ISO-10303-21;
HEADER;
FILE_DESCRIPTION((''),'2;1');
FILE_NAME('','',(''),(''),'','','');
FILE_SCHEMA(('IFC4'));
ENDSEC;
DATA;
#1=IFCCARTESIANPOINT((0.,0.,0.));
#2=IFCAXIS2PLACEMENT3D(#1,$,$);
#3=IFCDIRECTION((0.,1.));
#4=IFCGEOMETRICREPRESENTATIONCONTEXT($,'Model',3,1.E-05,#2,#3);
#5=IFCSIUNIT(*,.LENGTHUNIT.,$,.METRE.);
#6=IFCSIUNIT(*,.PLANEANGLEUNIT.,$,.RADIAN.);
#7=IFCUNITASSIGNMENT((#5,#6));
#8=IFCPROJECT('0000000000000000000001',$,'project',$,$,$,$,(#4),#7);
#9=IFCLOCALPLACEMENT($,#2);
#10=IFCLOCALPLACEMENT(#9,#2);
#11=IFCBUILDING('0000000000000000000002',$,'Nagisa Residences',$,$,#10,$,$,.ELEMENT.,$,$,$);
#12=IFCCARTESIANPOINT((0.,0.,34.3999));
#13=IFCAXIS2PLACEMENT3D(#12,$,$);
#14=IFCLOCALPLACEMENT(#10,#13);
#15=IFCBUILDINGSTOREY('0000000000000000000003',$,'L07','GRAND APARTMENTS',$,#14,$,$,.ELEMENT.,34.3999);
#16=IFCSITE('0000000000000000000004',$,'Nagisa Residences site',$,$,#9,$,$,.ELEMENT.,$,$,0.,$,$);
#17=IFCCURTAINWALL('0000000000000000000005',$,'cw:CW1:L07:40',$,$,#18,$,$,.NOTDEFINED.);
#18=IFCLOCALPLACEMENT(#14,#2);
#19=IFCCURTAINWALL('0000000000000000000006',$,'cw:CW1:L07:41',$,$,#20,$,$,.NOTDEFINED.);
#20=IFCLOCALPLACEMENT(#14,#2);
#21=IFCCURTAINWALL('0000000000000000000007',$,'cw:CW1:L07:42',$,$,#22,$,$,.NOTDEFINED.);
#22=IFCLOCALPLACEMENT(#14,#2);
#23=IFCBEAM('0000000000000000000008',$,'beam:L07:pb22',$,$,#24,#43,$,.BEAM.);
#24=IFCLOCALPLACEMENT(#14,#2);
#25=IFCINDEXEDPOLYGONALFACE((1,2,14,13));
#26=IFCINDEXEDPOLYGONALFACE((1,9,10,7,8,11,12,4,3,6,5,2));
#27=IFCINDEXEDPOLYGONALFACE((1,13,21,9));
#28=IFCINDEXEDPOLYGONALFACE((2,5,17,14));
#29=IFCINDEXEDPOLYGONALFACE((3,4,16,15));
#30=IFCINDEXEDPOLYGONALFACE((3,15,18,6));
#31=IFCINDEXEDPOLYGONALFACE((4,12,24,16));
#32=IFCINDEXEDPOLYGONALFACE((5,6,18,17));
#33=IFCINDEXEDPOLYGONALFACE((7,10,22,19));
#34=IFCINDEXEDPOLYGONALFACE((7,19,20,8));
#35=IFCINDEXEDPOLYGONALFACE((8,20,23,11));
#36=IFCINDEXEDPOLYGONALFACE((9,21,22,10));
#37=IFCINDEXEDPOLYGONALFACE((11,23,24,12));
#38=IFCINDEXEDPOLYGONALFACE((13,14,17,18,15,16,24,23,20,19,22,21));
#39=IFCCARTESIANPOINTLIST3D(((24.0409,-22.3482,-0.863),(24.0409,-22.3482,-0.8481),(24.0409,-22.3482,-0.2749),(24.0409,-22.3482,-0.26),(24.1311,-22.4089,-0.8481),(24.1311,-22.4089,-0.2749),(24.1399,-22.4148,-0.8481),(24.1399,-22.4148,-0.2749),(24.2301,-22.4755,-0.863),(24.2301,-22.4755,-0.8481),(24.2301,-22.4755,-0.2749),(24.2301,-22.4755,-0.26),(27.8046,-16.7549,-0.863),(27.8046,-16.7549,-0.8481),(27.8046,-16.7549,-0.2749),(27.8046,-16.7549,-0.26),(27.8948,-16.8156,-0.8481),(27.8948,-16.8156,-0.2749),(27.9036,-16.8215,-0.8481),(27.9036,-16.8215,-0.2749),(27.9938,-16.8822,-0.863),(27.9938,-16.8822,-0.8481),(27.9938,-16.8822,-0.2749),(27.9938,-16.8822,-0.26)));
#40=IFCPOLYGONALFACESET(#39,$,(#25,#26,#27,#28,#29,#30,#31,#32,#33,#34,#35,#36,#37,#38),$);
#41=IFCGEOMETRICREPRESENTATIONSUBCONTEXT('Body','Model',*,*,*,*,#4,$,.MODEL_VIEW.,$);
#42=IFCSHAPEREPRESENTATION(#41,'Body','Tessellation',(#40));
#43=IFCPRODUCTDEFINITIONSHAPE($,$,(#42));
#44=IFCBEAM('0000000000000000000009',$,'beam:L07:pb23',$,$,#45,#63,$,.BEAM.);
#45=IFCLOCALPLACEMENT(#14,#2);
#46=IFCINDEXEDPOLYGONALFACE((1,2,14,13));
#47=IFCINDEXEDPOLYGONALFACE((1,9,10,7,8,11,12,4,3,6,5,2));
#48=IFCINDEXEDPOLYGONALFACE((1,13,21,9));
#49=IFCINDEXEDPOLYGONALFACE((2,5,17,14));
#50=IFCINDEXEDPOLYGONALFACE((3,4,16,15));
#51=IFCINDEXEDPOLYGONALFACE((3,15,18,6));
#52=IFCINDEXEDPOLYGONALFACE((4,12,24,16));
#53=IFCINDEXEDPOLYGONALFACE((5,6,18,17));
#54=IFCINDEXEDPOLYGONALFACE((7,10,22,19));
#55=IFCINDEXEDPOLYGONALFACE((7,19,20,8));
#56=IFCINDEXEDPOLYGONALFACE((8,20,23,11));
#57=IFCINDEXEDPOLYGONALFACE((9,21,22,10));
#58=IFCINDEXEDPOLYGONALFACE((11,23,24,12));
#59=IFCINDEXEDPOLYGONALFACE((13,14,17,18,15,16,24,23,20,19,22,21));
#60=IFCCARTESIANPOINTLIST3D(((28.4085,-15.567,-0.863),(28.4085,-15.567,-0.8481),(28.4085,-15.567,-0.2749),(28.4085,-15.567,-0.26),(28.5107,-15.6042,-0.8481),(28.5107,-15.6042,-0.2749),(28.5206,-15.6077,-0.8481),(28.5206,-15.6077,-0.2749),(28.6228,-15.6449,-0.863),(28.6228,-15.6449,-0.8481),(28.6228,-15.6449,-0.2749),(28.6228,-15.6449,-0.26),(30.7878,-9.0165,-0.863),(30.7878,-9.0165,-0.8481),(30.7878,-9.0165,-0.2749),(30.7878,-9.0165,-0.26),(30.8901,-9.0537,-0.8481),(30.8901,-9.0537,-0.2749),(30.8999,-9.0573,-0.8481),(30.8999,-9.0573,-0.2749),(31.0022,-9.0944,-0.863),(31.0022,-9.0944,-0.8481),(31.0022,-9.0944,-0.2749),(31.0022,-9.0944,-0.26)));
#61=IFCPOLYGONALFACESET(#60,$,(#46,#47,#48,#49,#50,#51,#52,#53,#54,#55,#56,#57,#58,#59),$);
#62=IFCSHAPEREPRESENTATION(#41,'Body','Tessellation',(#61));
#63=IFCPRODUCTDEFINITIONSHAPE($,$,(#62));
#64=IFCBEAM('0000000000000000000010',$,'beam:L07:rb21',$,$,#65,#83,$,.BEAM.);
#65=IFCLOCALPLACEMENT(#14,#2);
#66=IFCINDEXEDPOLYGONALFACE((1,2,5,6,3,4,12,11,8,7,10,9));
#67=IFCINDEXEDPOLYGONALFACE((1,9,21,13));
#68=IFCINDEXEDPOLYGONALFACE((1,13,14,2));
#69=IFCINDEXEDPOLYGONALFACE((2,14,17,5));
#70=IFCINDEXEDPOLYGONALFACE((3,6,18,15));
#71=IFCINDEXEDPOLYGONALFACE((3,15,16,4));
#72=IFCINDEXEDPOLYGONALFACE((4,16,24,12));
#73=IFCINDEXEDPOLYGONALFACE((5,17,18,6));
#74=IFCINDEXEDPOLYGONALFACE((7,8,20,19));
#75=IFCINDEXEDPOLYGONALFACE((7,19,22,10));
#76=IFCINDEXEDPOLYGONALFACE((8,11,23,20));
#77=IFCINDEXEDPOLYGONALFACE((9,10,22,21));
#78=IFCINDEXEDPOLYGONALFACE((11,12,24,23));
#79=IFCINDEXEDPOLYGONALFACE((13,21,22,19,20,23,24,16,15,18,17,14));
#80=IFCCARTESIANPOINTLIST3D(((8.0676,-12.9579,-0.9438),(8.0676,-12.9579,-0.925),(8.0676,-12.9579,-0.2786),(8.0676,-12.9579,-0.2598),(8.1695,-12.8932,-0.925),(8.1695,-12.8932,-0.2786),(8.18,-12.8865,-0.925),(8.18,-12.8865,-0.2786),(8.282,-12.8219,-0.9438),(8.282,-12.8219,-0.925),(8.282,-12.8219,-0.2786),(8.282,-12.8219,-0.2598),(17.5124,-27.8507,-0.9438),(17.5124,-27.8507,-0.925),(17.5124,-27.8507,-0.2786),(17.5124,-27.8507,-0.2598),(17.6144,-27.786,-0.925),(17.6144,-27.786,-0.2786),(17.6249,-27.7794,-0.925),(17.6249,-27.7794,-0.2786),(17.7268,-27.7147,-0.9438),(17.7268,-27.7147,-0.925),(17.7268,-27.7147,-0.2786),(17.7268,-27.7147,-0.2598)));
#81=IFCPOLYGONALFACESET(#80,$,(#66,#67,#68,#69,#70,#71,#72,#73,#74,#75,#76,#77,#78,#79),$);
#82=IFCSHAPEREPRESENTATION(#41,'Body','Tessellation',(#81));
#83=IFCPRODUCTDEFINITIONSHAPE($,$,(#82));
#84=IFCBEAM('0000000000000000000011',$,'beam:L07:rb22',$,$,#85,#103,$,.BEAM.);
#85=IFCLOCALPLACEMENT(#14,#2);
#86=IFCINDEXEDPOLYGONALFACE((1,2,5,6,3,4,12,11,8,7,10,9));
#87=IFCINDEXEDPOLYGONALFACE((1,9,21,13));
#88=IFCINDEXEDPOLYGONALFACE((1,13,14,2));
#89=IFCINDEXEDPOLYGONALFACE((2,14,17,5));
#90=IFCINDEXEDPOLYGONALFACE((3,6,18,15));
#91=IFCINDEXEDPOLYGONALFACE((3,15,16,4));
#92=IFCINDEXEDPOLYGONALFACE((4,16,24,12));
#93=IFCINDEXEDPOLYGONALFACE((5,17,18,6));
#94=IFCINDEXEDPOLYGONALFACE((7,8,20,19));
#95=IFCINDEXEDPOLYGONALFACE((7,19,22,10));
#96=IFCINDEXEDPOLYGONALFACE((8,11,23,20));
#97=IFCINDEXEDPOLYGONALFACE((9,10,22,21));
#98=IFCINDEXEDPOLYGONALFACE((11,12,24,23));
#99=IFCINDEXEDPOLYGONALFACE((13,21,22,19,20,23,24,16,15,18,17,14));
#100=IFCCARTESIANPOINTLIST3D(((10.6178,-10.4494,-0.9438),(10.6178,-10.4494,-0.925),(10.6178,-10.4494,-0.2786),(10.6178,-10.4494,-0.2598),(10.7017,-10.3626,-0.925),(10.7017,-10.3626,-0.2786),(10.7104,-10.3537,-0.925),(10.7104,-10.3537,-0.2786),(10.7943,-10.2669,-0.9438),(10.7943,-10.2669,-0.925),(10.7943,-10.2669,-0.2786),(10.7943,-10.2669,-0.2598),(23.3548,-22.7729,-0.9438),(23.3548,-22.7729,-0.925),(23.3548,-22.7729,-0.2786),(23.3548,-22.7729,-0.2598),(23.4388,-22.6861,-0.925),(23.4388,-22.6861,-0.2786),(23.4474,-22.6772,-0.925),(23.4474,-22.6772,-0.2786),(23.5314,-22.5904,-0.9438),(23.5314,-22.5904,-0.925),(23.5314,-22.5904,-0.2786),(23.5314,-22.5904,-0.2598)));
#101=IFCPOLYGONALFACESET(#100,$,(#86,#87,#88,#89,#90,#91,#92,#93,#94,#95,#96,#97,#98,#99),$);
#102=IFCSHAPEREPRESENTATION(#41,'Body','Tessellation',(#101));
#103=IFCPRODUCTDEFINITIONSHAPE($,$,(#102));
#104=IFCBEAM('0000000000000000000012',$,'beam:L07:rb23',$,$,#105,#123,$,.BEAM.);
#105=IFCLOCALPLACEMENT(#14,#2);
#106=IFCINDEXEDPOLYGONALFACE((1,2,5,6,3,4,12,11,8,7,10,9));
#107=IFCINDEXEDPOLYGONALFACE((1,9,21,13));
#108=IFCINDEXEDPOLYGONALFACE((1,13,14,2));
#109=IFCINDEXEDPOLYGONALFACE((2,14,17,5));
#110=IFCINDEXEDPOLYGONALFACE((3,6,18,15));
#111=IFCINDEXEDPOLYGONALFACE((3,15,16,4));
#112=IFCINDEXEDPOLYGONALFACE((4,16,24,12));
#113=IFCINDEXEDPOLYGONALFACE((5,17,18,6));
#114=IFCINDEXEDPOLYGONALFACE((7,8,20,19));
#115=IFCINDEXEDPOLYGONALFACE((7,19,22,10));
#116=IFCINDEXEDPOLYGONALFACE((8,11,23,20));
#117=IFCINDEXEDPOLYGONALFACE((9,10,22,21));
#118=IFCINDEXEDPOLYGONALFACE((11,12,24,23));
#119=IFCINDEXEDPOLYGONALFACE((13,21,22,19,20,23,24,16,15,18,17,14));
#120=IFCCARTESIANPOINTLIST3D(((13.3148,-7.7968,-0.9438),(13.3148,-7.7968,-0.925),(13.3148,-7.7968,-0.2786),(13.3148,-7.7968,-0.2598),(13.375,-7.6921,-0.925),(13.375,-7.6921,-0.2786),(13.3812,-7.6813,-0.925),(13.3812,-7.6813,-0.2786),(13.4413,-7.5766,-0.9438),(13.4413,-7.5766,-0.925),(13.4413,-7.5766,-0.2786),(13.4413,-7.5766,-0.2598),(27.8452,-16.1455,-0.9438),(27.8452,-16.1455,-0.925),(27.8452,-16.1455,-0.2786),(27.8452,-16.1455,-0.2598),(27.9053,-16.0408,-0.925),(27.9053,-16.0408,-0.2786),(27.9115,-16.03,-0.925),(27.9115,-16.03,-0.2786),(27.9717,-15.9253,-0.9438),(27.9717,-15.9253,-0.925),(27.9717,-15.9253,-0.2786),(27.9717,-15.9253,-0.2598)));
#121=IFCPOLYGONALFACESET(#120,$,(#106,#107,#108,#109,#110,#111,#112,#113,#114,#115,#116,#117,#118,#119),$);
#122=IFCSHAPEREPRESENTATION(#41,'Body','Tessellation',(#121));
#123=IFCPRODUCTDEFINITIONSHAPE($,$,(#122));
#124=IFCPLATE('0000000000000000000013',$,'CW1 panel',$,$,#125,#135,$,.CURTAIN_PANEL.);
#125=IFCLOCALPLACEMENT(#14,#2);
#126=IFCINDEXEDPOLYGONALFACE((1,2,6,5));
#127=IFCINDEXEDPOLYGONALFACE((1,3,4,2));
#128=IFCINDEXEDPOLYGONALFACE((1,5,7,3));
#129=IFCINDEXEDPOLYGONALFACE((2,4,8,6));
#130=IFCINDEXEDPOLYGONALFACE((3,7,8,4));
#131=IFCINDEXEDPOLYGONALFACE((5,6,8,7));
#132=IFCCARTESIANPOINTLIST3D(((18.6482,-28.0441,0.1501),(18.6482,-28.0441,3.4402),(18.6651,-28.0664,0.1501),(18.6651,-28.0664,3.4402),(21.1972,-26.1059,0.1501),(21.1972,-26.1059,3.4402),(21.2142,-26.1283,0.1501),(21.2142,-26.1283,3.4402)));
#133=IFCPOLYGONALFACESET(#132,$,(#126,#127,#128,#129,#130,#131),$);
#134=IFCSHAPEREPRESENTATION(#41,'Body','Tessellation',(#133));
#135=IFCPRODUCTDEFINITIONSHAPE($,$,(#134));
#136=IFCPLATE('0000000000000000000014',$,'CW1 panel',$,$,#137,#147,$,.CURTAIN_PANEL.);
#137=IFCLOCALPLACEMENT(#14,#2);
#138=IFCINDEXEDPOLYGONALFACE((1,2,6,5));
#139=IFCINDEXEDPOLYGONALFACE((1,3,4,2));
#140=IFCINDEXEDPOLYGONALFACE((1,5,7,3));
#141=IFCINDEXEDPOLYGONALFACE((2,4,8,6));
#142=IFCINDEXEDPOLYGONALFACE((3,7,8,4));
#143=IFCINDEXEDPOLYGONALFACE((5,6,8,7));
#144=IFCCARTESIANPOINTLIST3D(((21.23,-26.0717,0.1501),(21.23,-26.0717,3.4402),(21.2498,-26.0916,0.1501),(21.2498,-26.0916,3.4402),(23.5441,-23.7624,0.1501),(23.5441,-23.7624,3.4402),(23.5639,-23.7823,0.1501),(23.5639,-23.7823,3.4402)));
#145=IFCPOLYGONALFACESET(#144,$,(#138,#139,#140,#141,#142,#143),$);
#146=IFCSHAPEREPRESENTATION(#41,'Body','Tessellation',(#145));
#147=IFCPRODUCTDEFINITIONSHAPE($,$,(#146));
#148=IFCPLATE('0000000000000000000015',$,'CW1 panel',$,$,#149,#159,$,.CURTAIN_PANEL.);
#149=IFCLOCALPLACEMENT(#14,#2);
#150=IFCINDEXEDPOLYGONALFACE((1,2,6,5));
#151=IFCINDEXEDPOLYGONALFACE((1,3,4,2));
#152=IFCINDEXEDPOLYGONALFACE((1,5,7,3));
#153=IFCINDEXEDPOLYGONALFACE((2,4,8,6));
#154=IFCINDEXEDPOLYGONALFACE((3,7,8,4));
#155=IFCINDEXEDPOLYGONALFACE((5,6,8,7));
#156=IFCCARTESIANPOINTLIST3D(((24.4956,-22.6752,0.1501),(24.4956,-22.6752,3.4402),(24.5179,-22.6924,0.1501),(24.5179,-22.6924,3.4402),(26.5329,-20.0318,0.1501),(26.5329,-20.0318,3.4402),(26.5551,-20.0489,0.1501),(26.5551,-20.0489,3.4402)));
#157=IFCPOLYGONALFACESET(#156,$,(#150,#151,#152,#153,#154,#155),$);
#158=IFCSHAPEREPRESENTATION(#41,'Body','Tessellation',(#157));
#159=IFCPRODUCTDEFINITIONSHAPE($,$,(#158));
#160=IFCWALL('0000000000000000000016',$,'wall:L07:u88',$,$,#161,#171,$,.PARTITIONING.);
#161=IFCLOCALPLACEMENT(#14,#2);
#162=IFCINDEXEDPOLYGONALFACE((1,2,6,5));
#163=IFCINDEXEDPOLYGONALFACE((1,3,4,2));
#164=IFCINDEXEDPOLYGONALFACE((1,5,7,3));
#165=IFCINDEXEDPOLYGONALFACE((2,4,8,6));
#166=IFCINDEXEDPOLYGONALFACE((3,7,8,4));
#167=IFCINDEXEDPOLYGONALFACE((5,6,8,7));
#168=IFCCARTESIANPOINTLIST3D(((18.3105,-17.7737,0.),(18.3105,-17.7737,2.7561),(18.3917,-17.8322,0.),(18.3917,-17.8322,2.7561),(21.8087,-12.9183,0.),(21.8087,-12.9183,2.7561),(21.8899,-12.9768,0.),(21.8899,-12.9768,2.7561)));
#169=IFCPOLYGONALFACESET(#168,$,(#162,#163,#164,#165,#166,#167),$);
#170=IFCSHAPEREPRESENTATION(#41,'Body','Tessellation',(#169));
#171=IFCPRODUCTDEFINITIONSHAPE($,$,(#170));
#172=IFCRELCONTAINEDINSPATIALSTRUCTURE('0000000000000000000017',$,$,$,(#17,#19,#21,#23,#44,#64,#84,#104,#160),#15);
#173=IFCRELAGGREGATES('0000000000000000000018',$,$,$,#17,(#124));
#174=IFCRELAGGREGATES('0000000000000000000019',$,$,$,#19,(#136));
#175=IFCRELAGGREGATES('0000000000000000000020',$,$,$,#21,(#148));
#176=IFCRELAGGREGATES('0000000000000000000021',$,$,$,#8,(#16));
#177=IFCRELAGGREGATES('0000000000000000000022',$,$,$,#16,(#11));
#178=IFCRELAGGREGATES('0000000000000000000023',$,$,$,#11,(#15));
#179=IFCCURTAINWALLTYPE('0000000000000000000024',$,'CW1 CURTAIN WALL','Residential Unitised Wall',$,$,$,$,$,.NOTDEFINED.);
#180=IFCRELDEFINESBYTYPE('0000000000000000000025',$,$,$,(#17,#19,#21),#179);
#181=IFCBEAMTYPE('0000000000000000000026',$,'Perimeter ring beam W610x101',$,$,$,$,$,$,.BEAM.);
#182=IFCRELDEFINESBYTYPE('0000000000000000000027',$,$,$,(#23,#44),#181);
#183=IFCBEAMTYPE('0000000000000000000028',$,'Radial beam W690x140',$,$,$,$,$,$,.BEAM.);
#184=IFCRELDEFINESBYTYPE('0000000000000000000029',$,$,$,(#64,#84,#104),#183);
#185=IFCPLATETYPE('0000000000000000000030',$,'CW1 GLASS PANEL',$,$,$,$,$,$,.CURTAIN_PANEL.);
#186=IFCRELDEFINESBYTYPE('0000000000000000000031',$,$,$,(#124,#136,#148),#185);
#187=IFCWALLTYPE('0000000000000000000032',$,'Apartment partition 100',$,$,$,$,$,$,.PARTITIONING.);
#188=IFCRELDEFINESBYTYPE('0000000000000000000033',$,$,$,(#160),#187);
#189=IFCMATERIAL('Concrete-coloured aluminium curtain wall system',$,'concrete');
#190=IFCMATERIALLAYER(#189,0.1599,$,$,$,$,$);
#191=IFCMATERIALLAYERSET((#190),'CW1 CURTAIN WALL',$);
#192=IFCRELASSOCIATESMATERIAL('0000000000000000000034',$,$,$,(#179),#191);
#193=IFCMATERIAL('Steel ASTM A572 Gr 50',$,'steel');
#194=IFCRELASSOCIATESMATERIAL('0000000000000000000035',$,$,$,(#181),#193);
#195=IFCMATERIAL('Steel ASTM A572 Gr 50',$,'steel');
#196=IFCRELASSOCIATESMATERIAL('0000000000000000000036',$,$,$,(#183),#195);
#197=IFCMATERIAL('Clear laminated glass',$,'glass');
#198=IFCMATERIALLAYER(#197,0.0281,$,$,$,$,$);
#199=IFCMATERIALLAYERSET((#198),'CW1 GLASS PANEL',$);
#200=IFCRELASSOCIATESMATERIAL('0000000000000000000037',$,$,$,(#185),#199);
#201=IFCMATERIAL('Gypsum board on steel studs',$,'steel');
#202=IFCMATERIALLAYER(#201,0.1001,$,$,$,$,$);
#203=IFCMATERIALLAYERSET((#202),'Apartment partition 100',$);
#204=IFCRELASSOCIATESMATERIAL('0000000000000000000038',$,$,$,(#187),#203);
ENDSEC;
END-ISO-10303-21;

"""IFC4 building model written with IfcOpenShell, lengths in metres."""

from ifc_helpers import new_model, si_unit, direction, frame, frame_2d, origin, origin_2d, place, context, subcontext, project, spatial, rectangle, i_section, extrude, material, layer, layer_set, material_profile, profile_set, type_object, element, aggregate, save


model = new_model("IFC4")

# Units and contexts
model_context = context("Model", 3, precision=1e-05, world=origin(), true_north=direction((0.0, 1.0)))
body_context = subcontext(model_context, "Body", "Model", "MODEL_VIEW")
ifc_project = project(units=[si_unit("LENGTHUNIT", "METRE"), si_unit("PLANEANGLEUNIT", "RADIAN")], contexts=[model_context])

# Site, building, storey
site_placement = place(None, origin())
site = spatial("IfcSite", under=ifc_project, at=site_placement, Name="Nagisa Residences site", CompositionType="ELEMENT", RefElevation=0.0)
building_placement = place(site_placement, origin())
building = spatial("IfcBuilding", under=site, at=building_placement, Name="Nagisa Residences", CompositionType="ELEMENT")
storey_placement = place(building_placement, frame((0.0, 0.0, 34.3999)))
storey = spatial("IfcBuildingStorey", under=building, at=storey_placement, Name="L07", Description="GRAND APARTMENTS", CompositionType="ELEMENT", Elevation=34.3999)

# Curtain walls
ifc_material_1 = material(Name="Concrete-coloured aluminium curtain wall system", Category="concrete")
ifc_layer_1 = layer(ifc_material_1, 0.1599)
ifc_layer_set_1 = layer_set([ifc_layer_1], Name="CW1 CURTAIN WALL")
curtain_wall_type = type_object("IfcCurtainWallType", Name="CW1 CURTAIN WALL", Description="Residential Unitised Wall", PredefinedType="NOTDEFINED", material=ifc_layer_set_1)
curtain_wall_1_placement = place(storey_placement, origin())
curtain_wall_1 = element("IfcCurtainWall", 1, at=curtain_wall_1_placement, inside=storey, type_object=curtain_wall_type, Name="cw:CW1:L07:40", PredefinedType="NOTDEFINED")
curtain_wall_2_placement = place(storey_placement, origin())
curtain_wall_2 = element("IfcCurtainWall", 2, at=curtain_wall_2_placement, inside=storey, type_object=curtain_wall_type, Name="cw:CW1:L07:41", PredefinedType="NOTDEFINED")
curtain_wall_3_placement = place(storey_placement, origin())
curtain_wall_3 = element("IfcCurtainWall", 3, at=curtain_wall_3_placement, inside=storey, type_object=curtain_wall_type, Name="cw:CW1:L07:42", PredefinedType="NOTDEFINED")

# Beams
ifc_material_2 = material(Name="Steel ASTM A572 Gr 50", Category="steel")
ifc_material_profile_1 = material_profile(ifc_material_2, i_section(OverallWidth=0.228, OverallDepth=0.603, WebThickness=0.0105, FlangeThickness=0.0149, at=origin_2d()), Name="W610x101")
ifc_profile_set_1 = profile_set([ifc_material_profile_1], Name="Steel ASTM A572 Gr 50")
beam_type_1 = type_object("IfcBeamType", Name="Perimeter ring beam W610x101", PredefinedType="BEAM", material=ifc_profile_set_1)
beam_1_placement = place(storey_placement, frame((24.1355, -22.4119, -0.5615), z_axis=(0.558272, 0.829658, 0.0), x_axis=(-0.829658, 0.558272, 0.0)))
element("IfcBeam", 4, at=beam_1_placement, inside=storey, type_object=beam_type_1, Name="beam:L07:pb22", PredefinedType="BEAM", context=body_context, shape_type="SweptSolid", body=[
    extrude(i_section(OverallWidth=0.228, OverallDepth=0.603, WebThickness=0.0105, FlangeThickness=0.0149, at=origin_2d()), origin(), (0.0, 0.0, 1.0), 6.7417),
])
beam_2_placement = place(storey_placement, frame((28.5156, -15.606, -0.5615), z_axis=(0.341411, 0.939914, 0.0), x_axis=(-0.939914, 0.341411, 0.0)))
element("IfcBeam", 5, at=beam_2_placement, inside=storey, type_object=beam_type_1, Name="beam:L07:pb23", PredefinedType="BEAM", context=body_context, shape_type="SweptSolid", body=[
    extrude(i_section(OverallWidth=0.228, OverallDepth=0.603, WebThickness=0.0105, FlangeThickness=0.0149, at=origin_2d()), origin(), (0.0, 0.0, 1.0), 6.9692),
])
ifc_material_3 = material(Name="Steel ASTM A572 Gr 50", Category="steel")
ifc_material_profile_2 = material_profile(ifc_material_3, i_section(OverallWidth=0.2539, OverallDepth=0.6841, WebThickness=0.0125, FlangeThickness=0.0188, at=origin_2d()), Name="W690x140")
ifc_profile_set_2 = profile_set([ifc_material_profile_2], Name="Steel ASTM A572 Gr 50")
beam_type_2 = type_object("IfcBeamType", Name="Radial beam W690x140", PredefinedType="BEAM", material=ifc_profile_set_2)
beam_3_placement = place(storey_placement, frame((17.6196, -27.7827, -0.6018), z_axis=(-0.535566, 0.844493, 0.0), x_axis=(-0.844493, -0.535566, 0.0)))
element("IfcBeam", 6, at=beam_3_placement, inside=storey, type_object=beam_type_2, Name="beam:L07:rb21", PredefinedType="BEAM", context=body_context, shape_type="SweptSolid", body=[
    extrude(i_section(OverallWidth=0.2539, OverallDepth=0.6841, WebThickness=0.0125, FlangeThickness=0.0188, at=origin_2d()), origin(), (0.0, 0.0, 1.0), 17.6353),
])
beam_4_placement = place(storey_placement, frame((23.4431, -22.6816, -0.6018), z_axis=(-0.718678, 0.695343, 0.0), x_axis=(-0.695343, -0.718678, 0.0)))
element("IfcBeam", 7, at=beam_4_placement, inside=storey, type_object=beam_type_2, Name="beam:L07:rb22", PredefinedType="BEAM", context=body_context, shape_type="SweptSolid", body=[
    extrude(i_section(OverallWidth=0.2539, OverallDepth=0.6841, WebThickness=0.0125, FlangeThickness=0.0188, at=origin_2d()), origin(), (0.0, 0.0, 1.0), 17.7229),
])
beam_5_placement = place(storey_placement, frame((27.9084, -16.0354, -0.6018), z_axis=(-0.867068, 0.49819, 0.0), x_axis=(-0.49819, -0.867068, 0.0)))
element("IfcBeam", 8, at=beam_5_placement, inside=storey, type_object=beam_type_2, Name="beam:L07:rb23", PredefinedType="BEAM", context=body_context, shape_type="SweptSolid", body=[
    extrude(i_section(OverallWidth=0.2539, OverallDepth=0.6841, WebThickness=0.0125, FlangeThickness=0.0188, at=origin_2d()), origin(), (0.0, 0.0, 1.0), 16.7581),
])

# Plates
ifc_material_4 = material(Name="Clear laminated glass", Category="glass")
ifc_layer_2 = layer(ifc_material_4, 0.0281)
ifc_layer_set_2 = layer_set([ifc_layer_2], Name="CW1 GLASS PANEL")
plate_type = type_object("IfcPlateType", Name="CW1 GLASS PANEL", PredefinedType="CURTAIN_PANEL", material=ifc_layer_set_2)
plate_1_placement = place(storey_placement, frame((19.9312, -27.0862, 0.1501), z_axis=(0.0, 0.0, 1.0), x_axis=(0.796031, 0.605255, 0.0)))
plate_1 = element("IfcPlate", 9, at=plate_1_placement, type_object=plate_type, Name="CW1 panel", PredefinedType="CURTAIN_PANEL", context=body_context, shape_type="SweptSolid", body=[
    extrude(rectangle(XDim=3.2021, YDim=0.0281, at=origin_2d()), origin(), (0.0, 0.0, 1.0), 3.29),
])
aggregate(curtain_wall_1, [plate_1])
plate_2_placement = place(storey_placement, frame((22.397, -24.927, 0.1501), z_axis=(0.0, 0.0, 1.0), x_axis=(0.707836, 0.706377, 0.0)))
plate_2 = element("IfcPlate", 10, at=plate_2_placement, type_object=plate_type, Name="CW1 panel", PredefinedType="CURTAIN_PANEL", context=body_context, shape_type="SweptSolid", body=[
    extrude(rectangle(XDim=3.2693, YDim=0.0281, at=origin_2d()), origin(), (0.0, 0.0, 1.0), 3.29),
])
aggregate(curtain_wall_2, [plate_2])
plate_3_placement = place(storey_placement, frame((25.5254, -21.3621, 0.1501), z_axis=(0.0, 0.0, 1.0), x_axis=(0.61043, 0.79207, 0.0)))
plate_3 = element("IfcPlate", 11, at=plate_3_placement, type_object=plate_type, Name="CW1 panel", PredefinedType="CURTAIN_PANEL", context=body_context, shape_type="SweptSolid", body=[
    extrude(rectangle(XDim=3.3374, YDim=0.0281, at=origin_2d()), origin(), (0.0, 0.0, 1.0), 3.29),
])
aggregate(curtain_wall_3, [plate_3])

# Wall
ifc_material_5 = material(Name="Gypsum board on steel studs", Category="steel")
ifc_layer_3 = layer(ifc_material_5, 0.1001)
ifc_layer_set_3 = layer_set([ifc_layer_3], Name="Apartment partition 100")
wall_type_1 = type_object("IfcWallType", Name="Apartment partition 100", PredefinedType="PARTITIONING", material=ifc_layer_set_3)
wall_1_placement = place(storey_placement, frame((18.3511, -17.803, 0.0), z_axis=(0.0, 0.0, 1.0), x_axis=(0.584564, 0.811348, 0.0)))
element("IfcWall", 12, at=wall_1_placement, inside=storey, type_object=wall_type_1, Name="wall:L07:u88", PredefinedType="PARTITIONING", context=body_context, shape_type="SweptSolid", body=[
    extrude(rectangle(XDim=5.9844, YDim=0.1001, at=frame_2d((2.9922, 0.0))), origin(), (0.0, 0.0, 1.0), 2.7561),
])

save(model, "model.ifc")
